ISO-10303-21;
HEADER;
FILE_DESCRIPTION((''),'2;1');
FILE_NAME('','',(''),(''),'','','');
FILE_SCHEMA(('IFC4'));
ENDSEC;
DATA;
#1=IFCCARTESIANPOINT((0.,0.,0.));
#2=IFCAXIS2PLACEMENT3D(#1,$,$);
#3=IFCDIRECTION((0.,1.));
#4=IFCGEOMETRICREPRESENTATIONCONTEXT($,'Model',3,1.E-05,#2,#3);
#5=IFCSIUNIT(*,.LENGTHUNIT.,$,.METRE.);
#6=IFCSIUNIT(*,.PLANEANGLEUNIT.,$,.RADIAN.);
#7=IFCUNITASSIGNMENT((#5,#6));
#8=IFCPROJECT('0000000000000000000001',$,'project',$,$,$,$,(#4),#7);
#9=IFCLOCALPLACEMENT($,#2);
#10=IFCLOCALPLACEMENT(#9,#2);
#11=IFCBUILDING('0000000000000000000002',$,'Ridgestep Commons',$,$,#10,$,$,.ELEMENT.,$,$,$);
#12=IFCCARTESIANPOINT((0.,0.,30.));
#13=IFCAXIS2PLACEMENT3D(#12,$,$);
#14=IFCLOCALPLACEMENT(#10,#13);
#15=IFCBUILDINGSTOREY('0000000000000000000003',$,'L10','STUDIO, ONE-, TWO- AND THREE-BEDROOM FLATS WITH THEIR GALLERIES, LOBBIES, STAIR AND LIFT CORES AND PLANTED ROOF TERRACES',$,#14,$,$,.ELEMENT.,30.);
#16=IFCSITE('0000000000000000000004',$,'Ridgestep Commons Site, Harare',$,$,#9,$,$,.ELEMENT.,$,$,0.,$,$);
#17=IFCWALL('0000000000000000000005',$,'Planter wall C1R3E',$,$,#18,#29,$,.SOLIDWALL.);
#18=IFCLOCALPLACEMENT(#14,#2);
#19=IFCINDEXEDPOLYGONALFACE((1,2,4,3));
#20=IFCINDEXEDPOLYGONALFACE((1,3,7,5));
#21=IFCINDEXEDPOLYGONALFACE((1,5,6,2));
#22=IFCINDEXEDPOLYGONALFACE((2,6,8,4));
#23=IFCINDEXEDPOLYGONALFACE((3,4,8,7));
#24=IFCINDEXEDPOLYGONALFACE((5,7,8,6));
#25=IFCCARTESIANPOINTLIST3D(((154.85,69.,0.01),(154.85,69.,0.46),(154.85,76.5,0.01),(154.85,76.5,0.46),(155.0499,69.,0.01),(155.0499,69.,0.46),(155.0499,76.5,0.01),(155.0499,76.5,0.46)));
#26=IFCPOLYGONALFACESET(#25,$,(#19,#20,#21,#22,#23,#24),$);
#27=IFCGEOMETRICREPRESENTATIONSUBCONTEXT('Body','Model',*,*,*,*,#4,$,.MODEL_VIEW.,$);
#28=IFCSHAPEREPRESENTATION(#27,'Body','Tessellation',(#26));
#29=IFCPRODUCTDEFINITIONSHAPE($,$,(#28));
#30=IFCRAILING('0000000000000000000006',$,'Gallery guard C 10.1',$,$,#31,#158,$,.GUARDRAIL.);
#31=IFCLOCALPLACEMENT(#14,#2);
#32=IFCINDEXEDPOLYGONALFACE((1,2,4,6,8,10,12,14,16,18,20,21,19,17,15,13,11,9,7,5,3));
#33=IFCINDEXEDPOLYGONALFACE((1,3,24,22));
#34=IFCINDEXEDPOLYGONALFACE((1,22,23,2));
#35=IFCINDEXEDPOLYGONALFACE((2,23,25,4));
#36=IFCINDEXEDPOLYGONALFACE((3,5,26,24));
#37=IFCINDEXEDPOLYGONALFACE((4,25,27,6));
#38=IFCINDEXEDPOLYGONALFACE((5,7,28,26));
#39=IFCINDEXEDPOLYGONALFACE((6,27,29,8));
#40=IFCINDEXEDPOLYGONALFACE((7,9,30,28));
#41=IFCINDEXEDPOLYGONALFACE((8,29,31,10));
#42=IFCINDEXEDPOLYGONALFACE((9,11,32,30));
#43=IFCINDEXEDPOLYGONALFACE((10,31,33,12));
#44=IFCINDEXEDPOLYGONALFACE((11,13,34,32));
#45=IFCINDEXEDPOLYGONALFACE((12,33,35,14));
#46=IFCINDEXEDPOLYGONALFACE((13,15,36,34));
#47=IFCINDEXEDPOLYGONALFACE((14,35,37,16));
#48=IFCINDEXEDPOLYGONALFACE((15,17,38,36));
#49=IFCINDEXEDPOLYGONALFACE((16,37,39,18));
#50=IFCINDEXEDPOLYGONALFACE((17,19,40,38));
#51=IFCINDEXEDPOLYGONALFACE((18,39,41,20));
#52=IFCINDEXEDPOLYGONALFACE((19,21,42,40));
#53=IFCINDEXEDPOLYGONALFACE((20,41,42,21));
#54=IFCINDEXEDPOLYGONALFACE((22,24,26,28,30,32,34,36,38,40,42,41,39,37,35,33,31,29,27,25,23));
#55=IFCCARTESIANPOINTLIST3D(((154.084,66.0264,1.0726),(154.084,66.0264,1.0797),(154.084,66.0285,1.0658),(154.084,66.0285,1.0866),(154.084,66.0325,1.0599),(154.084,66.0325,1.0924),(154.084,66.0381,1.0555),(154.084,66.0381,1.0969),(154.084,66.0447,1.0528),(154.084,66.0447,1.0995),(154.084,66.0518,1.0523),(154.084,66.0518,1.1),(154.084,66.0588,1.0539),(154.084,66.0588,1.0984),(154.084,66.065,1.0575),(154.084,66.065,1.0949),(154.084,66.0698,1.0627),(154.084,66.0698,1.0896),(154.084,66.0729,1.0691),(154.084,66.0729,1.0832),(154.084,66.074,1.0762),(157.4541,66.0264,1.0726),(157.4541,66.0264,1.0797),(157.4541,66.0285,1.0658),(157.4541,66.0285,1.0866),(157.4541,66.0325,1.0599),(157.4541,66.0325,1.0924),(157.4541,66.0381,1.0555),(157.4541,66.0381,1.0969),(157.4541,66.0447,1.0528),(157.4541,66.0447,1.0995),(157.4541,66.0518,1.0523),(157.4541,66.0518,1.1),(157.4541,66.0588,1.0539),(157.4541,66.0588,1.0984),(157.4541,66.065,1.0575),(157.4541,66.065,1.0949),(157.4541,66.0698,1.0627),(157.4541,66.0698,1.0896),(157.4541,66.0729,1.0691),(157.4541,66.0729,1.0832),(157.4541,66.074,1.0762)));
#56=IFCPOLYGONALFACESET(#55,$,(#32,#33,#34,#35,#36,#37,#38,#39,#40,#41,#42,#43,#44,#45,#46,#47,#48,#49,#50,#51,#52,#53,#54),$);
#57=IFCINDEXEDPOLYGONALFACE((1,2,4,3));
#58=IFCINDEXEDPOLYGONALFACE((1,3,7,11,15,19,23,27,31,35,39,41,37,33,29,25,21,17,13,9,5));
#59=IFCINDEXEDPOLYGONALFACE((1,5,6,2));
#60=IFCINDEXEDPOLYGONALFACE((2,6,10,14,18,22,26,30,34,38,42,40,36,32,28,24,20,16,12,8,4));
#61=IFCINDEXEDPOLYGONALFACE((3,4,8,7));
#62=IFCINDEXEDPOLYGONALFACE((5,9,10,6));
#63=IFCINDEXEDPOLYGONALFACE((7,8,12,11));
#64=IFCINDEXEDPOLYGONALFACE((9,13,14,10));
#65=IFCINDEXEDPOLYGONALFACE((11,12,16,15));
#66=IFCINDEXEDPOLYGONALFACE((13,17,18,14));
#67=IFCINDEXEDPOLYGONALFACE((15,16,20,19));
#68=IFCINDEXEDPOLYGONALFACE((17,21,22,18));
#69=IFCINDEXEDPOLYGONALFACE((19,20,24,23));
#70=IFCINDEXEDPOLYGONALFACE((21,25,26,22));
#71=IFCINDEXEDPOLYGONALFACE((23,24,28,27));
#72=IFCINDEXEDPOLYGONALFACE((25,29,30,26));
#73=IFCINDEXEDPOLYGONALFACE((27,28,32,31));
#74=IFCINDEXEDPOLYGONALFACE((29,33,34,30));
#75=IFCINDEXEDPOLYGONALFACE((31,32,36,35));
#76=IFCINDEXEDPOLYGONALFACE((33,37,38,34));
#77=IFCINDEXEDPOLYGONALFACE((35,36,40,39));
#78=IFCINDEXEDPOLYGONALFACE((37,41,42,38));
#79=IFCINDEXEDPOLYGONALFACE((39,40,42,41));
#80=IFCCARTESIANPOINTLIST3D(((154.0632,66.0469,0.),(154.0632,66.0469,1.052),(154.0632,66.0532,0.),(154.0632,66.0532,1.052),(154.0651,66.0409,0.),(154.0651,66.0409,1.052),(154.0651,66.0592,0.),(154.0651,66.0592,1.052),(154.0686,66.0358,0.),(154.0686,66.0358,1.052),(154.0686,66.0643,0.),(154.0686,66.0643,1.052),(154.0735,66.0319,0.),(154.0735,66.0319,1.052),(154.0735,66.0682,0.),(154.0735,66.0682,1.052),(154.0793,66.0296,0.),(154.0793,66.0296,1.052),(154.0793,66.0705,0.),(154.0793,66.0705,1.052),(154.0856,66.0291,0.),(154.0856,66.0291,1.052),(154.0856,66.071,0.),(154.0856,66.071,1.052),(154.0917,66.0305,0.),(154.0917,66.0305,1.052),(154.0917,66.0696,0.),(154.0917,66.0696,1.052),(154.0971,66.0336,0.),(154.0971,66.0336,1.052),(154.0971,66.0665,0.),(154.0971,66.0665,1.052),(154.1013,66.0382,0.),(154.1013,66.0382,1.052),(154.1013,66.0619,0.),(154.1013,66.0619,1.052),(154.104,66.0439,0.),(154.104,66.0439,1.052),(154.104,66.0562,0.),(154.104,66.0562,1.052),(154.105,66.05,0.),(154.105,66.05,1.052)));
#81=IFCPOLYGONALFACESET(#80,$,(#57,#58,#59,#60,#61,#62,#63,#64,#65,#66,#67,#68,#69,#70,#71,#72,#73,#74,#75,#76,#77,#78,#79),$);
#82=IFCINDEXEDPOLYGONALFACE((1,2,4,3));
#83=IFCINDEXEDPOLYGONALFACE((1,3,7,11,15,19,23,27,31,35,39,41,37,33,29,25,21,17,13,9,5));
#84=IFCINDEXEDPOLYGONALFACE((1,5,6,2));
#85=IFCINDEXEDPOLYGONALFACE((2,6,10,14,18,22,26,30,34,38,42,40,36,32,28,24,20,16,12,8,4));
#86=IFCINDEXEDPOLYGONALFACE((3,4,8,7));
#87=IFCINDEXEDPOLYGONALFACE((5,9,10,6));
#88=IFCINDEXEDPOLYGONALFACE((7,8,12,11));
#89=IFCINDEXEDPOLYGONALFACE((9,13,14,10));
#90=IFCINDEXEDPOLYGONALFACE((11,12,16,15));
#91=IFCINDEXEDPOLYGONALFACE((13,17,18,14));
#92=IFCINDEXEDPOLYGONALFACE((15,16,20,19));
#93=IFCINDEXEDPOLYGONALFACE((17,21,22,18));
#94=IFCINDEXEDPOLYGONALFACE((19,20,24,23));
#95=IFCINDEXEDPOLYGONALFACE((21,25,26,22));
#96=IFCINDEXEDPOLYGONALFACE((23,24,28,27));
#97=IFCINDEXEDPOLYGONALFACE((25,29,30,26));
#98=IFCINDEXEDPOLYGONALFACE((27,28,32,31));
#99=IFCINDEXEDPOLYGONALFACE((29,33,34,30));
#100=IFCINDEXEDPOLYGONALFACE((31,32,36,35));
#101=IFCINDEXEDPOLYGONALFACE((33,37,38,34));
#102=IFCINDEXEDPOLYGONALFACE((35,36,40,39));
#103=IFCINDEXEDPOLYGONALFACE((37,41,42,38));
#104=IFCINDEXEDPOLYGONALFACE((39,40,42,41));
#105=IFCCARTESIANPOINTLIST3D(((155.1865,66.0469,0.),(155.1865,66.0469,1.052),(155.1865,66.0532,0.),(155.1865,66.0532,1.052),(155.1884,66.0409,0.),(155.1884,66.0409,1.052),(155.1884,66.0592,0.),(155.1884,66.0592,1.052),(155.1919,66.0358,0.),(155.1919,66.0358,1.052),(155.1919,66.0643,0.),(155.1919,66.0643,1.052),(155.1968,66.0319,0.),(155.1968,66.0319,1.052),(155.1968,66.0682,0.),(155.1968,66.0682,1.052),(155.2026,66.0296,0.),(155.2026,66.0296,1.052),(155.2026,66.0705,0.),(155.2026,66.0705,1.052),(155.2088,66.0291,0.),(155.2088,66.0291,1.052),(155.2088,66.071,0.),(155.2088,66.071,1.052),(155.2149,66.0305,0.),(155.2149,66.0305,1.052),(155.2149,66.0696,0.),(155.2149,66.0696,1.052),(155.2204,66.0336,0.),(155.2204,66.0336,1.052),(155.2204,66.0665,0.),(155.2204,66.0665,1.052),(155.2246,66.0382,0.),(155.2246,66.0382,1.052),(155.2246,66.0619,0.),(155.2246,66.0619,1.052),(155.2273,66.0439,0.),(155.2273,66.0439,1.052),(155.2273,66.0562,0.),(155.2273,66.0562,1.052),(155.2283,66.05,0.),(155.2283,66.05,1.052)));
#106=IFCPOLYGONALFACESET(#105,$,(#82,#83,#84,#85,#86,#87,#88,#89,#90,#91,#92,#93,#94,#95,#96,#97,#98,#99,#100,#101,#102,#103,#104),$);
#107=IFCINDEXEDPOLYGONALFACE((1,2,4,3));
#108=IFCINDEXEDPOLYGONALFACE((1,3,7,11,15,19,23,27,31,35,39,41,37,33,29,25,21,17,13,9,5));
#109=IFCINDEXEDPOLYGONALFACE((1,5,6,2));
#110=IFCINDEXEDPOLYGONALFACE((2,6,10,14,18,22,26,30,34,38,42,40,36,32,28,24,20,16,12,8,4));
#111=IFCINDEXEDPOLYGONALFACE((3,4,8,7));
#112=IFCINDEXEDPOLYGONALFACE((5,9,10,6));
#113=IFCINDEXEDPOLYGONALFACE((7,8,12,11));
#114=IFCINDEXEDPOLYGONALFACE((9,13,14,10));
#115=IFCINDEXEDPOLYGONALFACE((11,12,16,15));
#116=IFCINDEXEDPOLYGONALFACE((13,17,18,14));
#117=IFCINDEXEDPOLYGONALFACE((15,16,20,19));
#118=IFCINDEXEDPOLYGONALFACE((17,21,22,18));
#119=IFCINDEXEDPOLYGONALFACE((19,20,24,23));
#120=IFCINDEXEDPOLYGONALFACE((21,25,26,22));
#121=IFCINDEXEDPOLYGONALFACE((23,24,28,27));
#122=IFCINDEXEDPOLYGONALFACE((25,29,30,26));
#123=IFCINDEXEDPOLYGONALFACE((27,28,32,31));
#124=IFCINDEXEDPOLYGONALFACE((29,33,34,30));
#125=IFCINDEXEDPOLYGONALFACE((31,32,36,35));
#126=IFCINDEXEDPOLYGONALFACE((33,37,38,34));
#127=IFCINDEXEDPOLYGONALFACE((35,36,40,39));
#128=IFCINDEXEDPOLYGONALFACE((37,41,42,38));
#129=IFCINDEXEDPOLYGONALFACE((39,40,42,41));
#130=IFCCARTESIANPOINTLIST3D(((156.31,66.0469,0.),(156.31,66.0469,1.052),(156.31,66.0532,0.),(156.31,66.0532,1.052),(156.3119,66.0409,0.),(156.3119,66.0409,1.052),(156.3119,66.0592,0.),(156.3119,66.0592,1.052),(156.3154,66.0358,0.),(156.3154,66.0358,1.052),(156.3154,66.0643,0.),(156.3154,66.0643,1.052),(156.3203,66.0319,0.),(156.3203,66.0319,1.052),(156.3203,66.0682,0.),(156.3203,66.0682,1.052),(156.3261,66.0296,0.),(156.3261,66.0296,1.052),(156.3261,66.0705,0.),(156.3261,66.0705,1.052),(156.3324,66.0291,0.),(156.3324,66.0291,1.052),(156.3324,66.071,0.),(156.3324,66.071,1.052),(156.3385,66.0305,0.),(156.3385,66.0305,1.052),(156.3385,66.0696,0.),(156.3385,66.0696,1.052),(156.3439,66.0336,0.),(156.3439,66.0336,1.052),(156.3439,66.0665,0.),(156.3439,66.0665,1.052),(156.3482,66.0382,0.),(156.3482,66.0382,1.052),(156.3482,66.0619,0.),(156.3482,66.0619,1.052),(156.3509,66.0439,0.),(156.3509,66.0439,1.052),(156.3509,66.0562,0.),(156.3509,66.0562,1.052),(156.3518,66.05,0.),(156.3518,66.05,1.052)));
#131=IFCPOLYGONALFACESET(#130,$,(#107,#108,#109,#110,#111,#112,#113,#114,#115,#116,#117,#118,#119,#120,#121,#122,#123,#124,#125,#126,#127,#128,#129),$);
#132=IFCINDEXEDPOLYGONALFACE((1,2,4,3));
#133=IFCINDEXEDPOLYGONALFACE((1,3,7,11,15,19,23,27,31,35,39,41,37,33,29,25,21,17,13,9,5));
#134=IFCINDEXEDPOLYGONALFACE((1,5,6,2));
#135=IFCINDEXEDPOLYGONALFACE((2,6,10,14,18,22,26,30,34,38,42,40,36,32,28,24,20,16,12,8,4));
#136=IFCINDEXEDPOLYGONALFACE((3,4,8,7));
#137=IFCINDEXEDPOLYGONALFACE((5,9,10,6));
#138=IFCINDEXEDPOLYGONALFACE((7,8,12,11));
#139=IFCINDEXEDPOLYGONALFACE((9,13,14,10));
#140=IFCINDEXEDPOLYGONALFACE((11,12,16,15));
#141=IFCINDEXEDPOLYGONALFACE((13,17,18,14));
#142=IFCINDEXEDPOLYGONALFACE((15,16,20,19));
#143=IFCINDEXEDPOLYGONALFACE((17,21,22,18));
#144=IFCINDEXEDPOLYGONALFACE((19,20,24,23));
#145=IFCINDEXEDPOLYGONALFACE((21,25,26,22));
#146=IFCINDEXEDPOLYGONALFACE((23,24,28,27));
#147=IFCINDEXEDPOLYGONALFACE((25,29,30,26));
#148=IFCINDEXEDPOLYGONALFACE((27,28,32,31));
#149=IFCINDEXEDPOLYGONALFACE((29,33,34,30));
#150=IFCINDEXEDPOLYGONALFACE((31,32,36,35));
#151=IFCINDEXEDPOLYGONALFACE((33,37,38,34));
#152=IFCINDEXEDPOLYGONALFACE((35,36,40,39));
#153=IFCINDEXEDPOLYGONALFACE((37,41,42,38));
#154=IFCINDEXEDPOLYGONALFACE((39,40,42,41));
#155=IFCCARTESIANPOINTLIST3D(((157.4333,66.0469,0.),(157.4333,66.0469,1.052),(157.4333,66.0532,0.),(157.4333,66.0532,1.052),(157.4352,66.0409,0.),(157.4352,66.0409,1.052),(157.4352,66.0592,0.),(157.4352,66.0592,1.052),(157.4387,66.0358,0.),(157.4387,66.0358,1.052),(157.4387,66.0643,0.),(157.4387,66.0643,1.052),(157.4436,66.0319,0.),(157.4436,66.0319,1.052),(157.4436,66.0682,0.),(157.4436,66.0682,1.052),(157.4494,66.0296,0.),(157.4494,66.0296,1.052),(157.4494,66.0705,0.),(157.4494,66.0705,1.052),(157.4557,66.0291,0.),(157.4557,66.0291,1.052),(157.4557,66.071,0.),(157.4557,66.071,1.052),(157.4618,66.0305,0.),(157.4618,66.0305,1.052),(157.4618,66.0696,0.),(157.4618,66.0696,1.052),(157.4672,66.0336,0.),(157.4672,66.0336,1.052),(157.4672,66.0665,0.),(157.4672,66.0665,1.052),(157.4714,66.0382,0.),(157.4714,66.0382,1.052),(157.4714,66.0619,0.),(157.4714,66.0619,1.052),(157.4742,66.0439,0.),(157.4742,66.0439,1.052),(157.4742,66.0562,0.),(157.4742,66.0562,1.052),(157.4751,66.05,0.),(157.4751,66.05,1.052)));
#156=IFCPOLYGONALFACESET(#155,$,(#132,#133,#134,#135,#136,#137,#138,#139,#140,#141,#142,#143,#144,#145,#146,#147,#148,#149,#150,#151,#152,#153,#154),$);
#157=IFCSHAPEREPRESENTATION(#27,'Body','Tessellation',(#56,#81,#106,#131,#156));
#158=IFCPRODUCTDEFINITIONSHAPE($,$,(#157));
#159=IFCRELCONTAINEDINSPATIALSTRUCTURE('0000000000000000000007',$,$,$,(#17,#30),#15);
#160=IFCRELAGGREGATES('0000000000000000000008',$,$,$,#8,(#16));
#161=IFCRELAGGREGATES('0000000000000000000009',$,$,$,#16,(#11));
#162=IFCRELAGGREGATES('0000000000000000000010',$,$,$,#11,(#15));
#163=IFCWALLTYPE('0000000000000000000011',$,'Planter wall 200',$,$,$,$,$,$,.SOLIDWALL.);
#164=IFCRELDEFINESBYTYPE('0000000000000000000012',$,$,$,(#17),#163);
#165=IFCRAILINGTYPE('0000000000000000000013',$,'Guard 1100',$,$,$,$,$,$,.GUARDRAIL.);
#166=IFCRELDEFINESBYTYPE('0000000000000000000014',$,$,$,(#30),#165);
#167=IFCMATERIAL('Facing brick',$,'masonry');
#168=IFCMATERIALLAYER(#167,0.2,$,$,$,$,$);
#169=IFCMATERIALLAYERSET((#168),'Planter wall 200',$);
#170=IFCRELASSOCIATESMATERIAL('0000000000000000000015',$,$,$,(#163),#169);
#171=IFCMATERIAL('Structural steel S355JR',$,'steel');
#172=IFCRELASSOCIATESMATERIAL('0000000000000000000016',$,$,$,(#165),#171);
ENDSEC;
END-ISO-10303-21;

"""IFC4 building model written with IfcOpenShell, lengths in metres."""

from ifc_helpers import new_model, si_unit, direction, frame, frame_2d, origin, origin_2d, place, context, subcontext, project, spatial, rectangle, circle, extrude, material, layer, layer_set, type_object, element, save


model = new_model("IFC4")

# Units and contexts
model_context = context("Model", 3, precision=1e-05, world=origin(), true_north=direction((0.0, 1.0)))
body_context = subcontext(model_context, "Body", "Model", "MODEL_VIEW")
ifc_project = project(units=[si_unit("LENGTHUNIT", "METRE"), si_unit("PLANEANGLEUNIT", "RADIAN")], contexts=[model_context])

# Site, building, storey
site_placement = place(None, origin())
site = spatial("IfcSite", under=ifc_project, at=site_placement, Name="Ridgestep Commons Site, Harare", CompositionType="ELEMENT", RefElevation=0.0)
building_placement = place(site_placement, origin())
building = spatial("IfcBuilding", under=site, at=building_placement, Name="Ridgestep Commons", CompositionType="ELEMENT")
storey_placement = place(building_placement, frame((0.0, 0.0, 30.0)))
storey = spatial("IfcBuildingStorey", under=building, at=storey_placement, Name="L10", Description="STUDIO, ONE-, TWO- AND THREE-BEDROOM FLATS WITH THEIR GALLERIES, LOBBIES, STAIR AND LIFT CORES AND PLANTED ROOF TERRACES", CompositionType="ELEMENT", Elevation=30.0)

# Wall
ifc_material_1 = material(Name="Facing brick", Category="masonry")
ifc_layer_1 = layer(ifc_material_1, 0.2)
ifc_layer_set_1 = layer_set([ifc_layer_1], Name="Planter wall 200")
wall_type_1 = type_object("IfcWallType", Name="Planter wall 200", PredefinedType="SOLIDWALL", material=ifc_layer_set_1)
for number, where, z_axis, x_axis, name in (
    (1, (154.95, 69.0, 0.01), (0.0, 0.0, 1.0), (0.0, 1.0, 0.0), "Planter wall C1R3E"),
):
    element("IfcWall", number, at=place(storey_placement, frame(where, z_axis=z_axis, x_axis=x_axis)), inside=storey, type_object=wall_type_1, Name=name, PredefinedType="SOLIDWALL", context=body_context, shape_type="SweptSolid", body=[
        extrude(rectangle(XDim=7.5, YDim=0.2, at=frame_2d((3.75, 0.0))), origin(), (0.0, 0.0, 1.0), 0.45),
    ])

# Railing
ifc_material_2 = material(Name="Structural steel S355JR", Category="steel")
railing_type = type_object("IfcRailingType", Name="Guard 1100", PredefinedType="GUARDRAIL", material=ifc_material_2)
railing_1_placement = place(storey_placement, frame((154.084, 66.05, 0.0)))
element("IfcRailing", 2, at=railing_1_placement, inside=storey, type_object=railing_type, Name="Gallery guard C 10.1", PredefinedType="GUARDRAIL", context=body_context, shape_type="SweptSolid", body=[
    extrude(circle(Radius=0.0239, at=origin_2d()), frame((0.0, 0.0, 1.0762), z_axis=(1.0, 0.0, 0.0), x_axis=(0.0, 1.0, 0.0)), (0.0, 0.0, 1.0), 3.3701),
    extrude(circle(Radius=0.021, at=origin_2d()), origin(), (0.0, 0.0, 1.0), 1.052),
    extrude(circle(Radius=0.021, at=origin_2d()), frame((1.1233, 0.0, 0.0)), (0.0, 0.0, 1.0), 1.052),
    extrude(circle(Radius=0.021, at=origin_2d()), frame((2.2468, 0.0, 0.0)), (0.0, 0.0, 1.0), 1.052),
    extrude(circle(Radius=0.021, at=origin_2d()), frame((3.3701, 0.0, 0.0)), (0.0, 0.0, 1.0), 1.052),
])

save(model, "model.ifc")
